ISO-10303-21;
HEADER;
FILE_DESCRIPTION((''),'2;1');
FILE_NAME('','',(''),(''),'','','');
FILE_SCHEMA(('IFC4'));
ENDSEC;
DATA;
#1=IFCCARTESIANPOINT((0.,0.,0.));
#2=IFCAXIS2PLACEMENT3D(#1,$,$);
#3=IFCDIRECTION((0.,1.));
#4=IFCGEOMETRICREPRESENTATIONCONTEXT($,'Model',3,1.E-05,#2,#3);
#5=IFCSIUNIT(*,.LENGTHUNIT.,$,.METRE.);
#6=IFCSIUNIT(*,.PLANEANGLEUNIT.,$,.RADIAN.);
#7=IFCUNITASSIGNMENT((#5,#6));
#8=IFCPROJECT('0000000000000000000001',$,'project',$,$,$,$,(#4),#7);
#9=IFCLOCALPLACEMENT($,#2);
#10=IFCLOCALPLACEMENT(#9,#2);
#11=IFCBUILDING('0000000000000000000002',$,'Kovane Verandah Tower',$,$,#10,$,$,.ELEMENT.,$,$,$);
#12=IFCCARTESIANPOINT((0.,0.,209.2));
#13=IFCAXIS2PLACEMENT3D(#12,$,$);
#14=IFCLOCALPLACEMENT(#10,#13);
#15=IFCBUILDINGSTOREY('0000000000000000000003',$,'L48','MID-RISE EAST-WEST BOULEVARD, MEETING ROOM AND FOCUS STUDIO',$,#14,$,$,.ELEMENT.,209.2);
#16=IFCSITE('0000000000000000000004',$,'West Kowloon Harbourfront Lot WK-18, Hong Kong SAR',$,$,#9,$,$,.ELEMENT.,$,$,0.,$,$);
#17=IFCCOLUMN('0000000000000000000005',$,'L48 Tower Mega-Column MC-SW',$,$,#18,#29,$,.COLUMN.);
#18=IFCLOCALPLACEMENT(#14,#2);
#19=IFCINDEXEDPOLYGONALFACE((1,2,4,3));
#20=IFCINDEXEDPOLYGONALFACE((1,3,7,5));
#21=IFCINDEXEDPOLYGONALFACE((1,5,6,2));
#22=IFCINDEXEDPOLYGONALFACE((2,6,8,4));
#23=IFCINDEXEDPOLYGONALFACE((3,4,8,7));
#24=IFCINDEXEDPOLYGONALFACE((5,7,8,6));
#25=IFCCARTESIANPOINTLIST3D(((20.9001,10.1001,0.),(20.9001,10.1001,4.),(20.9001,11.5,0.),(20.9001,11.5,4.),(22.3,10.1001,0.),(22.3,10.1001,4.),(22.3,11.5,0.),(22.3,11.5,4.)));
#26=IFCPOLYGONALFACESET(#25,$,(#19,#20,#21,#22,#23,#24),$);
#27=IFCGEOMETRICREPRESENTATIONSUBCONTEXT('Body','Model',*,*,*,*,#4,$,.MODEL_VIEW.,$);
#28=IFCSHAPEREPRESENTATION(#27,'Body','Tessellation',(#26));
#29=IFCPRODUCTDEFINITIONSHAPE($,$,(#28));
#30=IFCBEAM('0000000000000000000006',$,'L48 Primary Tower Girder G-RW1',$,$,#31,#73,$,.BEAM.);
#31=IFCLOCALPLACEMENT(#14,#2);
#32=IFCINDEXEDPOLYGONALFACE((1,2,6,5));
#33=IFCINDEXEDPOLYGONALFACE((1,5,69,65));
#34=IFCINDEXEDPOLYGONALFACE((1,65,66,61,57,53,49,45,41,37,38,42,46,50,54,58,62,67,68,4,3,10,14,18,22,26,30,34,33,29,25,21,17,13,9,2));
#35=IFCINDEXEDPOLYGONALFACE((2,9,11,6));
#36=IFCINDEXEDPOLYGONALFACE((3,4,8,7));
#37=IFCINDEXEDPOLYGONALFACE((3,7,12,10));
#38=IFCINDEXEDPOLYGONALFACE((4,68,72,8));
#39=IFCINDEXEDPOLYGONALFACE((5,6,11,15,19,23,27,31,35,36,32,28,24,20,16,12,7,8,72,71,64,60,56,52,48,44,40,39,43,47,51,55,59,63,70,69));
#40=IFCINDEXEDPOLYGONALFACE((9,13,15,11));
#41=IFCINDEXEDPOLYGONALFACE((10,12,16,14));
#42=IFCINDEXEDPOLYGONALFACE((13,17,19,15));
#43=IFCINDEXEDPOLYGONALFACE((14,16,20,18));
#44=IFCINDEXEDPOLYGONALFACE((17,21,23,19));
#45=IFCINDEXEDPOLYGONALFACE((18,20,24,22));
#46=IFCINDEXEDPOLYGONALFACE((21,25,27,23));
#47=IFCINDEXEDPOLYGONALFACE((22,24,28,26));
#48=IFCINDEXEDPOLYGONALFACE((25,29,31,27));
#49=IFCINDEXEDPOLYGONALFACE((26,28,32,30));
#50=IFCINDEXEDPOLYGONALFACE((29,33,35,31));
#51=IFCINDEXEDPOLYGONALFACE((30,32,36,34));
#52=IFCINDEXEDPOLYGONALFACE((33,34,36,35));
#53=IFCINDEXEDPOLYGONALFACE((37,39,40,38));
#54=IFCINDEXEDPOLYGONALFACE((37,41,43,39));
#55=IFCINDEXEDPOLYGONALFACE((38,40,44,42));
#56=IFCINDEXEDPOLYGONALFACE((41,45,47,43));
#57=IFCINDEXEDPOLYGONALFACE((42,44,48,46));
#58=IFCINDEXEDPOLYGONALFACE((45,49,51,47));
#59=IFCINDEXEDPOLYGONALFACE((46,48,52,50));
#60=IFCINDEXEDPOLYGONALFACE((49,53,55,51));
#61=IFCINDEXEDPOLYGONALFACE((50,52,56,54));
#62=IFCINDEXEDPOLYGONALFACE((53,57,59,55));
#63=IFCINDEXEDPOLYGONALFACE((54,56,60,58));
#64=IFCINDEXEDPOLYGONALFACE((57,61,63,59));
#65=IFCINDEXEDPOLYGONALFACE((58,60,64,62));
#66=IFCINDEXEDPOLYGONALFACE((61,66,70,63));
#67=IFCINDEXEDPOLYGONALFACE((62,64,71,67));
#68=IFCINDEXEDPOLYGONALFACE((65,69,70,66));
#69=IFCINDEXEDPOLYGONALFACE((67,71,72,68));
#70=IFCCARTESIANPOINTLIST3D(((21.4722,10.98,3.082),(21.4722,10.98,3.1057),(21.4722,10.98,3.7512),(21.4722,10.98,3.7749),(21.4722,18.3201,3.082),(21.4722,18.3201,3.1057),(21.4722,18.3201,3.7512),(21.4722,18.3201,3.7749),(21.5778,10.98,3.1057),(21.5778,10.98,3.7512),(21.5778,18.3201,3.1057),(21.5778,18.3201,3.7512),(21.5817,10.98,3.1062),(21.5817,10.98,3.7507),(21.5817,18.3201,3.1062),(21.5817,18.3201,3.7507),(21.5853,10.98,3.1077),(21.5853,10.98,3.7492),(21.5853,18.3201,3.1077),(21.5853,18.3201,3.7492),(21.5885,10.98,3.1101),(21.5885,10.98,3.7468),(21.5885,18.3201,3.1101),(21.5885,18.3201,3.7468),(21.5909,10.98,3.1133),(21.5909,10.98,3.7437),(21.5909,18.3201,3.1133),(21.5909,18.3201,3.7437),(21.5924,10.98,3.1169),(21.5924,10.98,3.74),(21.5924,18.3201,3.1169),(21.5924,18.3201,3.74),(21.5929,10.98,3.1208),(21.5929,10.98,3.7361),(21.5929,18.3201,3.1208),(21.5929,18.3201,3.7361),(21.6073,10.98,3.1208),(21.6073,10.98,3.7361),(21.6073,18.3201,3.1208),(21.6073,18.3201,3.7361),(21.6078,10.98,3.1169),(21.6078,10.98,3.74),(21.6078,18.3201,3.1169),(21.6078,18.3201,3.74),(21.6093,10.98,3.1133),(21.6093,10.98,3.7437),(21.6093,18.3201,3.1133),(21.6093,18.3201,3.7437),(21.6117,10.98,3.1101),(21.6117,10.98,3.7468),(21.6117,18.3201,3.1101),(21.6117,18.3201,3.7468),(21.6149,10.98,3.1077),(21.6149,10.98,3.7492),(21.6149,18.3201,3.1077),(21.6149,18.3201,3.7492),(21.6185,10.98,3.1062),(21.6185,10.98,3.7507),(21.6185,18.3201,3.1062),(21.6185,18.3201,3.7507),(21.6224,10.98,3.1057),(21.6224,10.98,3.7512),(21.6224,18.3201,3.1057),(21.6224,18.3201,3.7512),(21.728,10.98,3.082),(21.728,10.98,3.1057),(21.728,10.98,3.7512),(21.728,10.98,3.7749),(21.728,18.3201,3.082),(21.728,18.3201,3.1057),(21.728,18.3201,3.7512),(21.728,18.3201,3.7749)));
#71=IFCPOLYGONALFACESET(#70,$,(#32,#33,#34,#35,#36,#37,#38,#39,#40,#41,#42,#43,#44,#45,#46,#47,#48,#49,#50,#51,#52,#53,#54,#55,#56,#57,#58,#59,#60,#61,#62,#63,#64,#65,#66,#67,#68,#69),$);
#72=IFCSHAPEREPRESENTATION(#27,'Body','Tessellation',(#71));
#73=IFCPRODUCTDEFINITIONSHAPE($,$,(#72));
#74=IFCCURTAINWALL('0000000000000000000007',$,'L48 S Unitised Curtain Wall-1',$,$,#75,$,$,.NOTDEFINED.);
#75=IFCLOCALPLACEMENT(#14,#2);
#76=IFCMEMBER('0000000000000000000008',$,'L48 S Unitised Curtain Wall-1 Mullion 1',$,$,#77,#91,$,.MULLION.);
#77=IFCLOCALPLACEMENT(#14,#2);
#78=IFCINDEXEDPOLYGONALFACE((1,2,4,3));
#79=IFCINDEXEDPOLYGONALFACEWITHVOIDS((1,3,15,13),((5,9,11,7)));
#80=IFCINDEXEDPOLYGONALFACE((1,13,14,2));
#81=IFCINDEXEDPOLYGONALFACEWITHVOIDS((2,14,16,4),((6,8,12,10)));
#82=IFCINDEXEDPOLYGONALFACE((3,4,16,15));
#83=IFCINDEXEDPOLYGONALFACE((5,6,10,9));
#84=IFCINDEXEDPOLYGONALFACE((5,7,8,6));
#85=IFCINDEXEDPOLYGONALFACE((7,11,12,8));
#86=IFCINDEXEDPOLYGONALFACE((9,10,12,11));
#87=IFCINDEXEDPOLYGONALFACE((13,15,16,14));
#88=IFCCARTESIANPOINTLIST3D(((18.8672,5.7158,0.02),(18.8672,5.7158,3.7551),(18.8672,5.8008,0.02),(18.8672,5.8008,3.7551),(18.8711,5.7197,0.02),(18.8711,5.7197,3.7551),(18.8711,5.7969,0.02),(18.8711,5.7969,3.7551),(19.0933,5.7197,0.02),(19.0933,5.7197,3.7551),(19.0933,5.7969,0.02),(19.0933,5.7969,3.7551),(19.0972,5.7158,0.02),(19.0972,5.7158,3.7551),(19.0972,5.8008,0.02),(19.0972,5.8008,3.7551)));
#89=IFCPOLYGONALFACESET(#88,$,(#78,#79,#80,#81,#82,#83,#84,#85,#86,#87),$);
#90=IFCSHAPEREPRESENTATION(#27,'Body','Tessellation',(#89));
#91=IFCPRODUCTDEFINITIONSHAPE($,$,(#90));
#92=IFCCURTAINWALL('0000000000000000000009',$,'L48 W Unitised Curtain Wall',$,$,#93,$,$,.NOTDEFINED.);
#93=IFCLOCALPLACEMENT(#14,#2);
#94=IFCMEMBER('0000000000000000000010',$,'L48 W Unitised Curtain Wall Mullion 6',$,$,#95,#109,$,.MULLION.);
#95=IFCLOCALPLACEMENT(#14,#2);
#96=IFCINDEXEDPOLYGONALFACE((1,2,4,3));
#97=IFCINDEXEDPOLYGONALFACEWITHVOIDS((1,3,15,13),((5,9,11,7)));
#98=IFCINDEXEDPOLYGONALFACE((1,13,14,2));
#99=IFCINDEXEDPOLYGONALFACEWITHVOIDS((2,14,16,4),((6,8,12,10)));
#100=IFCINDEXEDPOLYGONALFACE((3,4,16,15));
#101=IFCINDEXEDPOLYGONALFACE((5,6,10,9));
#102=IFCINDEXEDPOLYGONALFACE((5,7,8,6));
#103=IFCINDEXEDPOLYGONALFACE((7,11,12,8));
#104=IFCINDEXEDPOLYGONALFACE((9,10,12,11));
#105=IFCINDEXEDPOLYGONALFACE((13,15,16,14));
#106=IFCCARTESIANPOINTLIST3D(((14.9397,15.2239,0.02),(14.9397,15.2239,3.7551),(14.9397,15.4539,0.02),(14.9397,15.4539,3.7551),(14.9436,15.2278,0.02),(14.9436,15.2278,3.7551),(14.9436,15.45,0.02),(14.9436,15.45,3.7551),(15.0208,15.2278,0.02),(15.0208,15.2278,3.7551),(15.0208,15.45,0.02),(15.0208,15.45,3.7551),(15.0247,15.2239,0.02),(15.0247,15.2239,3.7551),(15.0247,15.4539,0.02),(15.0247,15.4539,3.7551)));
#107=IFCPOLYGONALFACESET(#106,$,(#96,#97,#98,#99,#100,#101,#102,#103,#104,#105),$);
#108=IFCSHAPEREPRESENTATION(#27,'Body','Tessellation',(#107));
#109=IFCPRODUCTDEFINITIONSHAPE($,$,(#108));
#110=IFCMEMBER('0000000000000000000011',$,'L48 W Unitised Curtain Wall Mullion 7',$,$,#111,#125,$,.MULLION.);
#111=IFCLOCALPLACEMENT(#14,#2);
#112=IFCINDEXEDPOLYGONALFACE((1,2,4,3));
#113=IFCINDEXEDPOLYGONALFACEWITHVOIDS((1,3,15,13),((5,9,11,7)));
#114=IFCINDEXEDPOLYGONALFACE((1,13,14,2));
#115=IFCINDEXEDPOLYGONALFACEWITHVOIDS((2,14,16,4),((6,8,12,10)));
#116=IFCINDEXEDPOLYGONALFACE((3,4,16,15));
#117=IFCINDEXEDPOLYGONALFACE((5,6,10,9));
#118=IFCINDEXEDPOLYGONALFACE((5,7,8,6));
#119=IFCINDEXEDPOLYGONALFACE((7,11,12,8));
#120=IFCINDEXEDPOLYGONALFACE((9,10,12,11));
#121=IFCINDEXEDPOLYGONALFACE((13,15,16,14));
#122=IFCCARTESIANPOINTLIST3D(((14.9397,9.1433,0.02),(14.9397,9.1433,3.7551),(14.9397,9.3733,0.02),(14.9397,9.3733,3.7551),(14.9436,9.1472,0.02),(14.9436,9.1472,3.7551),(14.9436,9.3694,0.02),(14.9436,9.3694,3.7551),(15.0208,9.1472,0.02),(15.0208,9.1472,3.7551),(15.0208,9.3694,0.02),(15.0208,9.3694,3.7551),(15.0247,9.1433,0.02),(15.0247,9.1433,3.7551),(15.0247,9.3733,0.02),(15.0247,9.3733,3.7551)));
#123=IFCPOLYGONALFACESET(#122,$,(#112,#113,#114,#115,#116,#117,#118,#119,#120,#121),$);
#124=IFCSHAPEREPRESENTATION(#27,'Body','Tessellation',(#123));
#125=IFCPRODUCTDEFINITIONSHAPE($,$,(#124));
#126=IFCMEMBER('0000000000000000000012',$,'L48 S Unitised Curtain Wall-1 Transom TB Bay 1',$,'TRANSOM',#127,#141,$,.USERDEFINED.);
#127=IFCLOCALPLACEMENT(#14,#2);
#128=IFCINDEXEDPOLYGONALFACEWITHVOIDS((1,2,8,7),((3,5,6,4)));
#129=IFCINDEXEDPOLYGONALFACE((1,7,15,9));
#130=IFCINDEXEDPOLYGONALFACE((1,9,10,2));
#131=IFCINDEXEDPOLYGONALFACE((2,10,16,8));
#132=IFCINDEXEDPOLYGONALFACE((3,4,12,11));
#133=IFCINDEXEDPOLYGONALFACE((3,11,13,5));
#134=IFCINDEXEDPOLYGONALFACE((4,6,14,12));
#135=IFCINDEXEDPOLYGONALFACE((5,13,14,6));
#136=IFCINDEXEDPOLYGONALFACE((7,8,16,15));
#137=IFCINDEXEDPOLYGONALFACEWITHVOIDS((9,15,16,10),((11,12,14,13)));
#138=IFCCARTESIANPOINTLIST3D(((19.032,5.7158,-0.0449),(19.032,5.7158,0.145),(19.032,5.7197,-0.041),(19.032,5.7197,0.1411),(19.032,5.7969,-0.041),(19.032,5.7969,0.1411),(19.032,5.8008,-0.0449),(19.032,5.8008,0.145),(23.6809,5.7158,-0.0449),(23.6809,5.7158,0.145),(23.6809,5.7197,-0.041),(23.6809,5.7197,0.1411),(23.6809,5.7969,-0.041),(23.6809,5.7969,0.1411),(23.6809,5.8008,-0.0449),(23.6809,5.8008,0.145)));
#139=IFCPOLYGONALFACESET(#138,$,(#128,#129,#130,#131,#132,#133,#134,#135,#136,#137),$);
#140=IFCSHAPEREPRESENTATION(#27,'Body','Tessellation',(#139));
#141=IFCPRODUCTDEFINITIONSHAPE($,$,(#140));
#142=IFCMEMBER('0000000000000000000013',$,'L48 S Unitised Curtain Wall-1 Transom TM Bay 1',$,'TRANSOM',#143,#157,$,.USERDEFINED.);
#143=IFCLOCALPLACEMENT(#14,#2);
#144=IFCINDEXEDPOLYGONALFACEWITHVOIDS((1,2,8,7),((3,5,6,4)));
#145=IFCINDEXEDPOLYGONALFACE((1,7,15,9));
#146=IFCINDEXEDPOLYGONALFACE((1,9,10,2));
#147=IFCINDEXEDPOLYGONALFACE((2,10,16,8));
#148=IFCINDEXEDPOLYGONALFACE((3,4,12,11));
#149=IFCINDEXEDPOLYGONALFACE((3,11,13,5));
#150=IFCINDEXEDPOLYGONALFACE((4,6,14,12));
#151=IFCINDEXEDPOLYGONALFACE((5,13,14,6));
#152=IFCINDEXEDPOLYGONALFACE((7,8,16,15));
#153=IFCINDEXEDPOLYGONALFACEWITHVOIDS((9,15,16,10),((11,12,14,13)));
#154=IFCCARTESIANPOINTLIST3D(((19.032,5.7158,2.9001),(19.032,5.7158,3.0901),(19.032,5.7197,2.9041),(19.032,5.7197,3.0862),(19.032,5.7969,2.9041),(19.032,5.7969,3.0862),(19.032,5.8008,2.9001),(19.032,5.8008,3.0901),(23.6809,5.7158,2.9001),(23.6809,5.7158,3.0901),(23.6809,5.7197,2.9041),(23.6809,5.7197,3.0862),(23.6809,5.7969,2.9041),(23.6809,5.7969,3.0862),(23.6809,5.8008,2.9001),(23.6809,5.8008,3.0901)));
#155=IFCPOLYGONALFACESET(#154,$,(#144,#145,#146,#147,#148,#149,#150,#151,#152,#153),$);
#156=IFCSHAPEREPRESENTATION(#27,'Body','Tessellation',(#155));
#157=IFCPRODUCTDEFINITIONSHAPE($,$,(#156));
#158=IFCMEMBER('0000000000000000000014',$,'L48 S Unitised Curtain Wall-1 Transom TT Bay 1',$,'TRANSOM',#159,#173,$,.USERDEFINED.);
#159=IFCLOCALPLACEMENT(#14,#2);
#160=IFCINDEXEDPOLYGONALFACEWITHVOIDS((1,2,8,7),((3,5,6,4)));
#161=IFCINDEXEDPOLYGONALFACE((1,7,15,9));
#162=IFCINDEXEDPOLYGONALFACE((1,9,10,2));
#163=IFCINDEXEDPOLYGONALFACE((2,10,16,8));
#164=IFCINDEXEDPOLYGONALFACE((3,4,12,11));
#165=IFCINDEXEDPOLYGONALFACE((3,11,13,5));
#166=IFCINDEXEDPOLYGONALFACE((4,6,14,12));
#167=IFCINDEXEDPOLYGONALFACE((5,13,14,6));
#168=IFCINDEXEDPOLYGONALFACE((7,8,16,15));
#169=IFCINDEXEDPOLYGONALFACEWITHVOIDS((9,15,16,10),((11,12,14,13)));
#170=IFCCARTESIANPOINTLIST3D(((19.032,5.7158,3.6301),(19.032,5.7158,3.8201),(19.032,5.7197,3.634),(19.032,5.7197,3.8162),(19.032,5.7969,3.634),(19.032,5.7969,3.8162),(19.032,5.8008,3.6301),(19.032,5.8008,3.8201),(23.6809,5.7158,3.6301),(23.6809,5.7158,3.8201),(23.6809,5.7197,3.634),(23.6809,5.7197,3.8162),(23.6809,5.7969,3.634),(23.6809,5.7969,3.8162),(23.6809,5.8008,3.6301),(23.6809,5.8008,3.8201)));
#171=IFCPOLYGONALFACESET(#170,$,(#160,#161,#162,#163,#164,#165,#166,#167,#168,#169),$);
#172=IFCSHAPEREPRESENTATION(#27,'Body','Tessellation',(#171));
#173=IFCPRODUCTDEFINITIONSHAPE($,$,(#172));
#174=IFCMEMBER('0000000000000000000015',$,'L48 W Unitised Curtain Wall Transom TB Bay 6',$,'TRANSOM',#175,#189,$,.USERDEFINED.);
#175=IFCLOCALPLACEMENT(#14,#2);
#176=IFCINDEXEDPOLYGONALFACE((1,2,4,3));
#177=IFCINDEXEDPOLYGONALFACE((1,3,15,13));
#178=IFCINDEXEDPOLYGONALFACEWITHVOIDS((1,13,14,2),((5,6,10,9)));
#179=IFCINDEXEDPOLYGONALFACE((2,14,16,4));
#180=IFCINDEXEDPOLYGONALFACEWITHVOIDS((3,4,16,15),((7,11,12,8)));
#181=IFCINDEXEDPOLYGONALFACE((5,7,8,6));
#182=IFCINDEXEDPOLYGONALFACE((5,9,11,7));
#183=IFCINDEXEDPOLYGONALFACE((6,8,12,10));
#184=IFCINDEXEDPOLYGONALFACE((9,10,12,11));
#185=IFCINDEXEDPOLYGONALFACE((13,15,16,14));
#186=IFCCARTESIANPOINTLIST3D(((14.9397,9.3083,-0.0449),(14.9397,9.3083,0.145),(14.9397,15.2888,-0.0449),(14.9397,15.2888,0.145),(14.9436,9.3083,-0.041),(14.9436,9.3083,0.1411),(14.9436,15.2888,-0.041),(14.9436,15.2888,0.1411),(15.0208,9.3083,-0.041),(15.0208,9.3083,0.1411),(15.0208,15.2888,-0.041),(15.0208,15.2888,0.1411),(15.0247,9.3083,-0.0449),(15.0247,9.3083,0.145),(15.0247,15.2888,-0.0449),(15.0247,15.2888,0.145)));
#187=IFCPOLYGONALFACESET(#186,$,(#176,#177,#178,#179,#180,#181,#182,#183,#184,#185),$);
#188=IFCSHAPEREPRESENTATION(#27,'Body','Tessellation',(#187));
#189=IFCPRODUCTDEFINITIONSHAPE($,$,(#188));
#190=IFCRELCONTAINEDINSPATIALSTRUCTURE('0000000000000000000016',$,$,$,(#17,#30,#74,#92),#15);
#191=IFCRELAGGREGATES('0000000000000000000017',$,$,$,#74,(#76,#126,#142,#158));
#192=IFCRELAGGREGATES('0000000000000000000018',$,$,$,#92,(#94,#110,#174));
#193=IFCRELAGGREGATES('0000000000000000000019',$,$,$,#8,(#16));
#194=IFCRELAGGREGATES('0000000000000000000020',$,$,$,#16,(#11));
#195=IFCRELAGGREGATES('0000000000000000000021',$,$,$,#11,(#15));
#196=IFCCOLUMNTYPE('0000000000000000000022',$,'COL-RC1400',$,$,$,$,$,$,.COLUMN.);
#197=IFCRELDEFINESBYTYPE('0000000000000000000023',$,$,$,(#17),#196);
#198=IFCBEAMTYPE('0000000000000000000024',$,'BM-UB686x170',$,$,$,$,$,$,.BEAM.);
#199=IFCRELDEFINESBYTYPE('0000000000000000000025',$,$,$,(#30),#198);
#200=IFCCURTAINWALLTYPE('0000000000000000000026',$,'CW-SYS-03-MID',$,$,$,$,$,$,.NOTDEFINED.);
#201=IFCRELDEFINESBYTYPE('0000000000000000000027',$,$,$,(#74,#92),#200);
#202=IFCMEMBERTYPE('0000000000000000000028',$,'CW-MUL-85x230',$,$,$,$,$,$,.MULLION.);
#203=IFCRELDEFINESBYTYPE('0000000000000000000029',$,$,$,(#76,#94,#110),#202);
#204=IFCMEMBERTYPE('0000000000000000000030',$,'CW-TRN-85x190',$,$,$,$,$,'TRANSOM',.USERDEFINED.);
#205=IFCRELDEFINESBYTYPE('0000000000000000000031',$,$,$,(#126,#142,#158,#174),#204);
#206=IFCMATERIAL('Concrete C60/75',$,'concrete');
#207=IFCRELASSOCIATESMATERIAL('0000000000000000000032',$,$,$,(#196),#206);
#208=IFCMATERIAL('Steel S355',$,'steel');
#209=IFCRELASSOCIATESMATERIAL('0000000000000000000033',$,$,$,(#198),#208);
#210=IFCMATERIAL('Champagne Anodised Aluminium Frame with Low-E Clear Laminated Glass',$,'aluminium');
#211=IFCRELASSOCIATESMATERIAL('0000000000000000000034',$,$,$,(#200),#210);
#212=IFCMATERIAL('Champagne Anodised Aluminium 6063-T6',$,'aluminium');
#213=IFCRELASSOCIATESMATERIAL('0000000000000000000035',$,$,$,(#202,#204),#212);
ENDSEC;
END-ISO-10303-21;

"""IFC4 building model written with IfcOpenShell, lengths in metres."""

from ifc_helpers import new_model, si_unit, direction, frame, origin, origin_2d, place, context, subcontext, project, spatial, rectangle, hollow_rectangle, i_section, extrude, material, material_profile, profile_set, type_object, element, aggregate, save


model = new_model("IFC4")

# Units and contexts
model_context = context("Model", 3, precision=1e-05, world=origin(), true_north=direction((0.0, 1.0)))
body_context = subcontext(model_context, "Body", "Model", "MODEL_VIEW")
ifc_project = project(units=[si_unit("LENGTHUNIT", "METRE"), si_unit("PLANEANGLEUNIT", "RADIAN")], contexts=[model_context])

# Site, building, storey
site_placement = place(None, origin())
site = spatial("IfcSite", under=ifc_project, at=site_placement, Name="West Kowloon Harbourfront Lot WK-18, Hong Kong SAR", CompositionType="ELEMENT", RefElevation=0.0)
building_placement = place(site_placement, origin())
building = spatial("IfcBuilding", under=site, at=building_placement, Name="Kovane Verandah Tower", CompositionType="ELEMENT")
storey_placement = place(building_placement, frame((0.0, 0.0, 209.2)))
storey = spatial("IfcBuildingStorey", under=building, at=storey_placement, Name="L48", Description="MID-RISE EAST-WEST BOULEVARD, MEETING ROOM AND FOCUS STUDIO", CompositionType="ELEMENT", Elevation=209.2)

# Column
ifc_material_1 = material(Name="Concrete C60/75", Category="concrete")
ifc_material_profile_1 = material_profile(ifc_material_1, rectangle(XDim=1.3999, YDim=1.3999, at=origin_2d()), Name="RC1400x1400")
ifc_profile_set_1 = profile_set([ifc_material_profile_1], Name="Concrete C60/75")
column_type = type_object("IfcColumnType", Name="COL-RC1400", PredefinedType="COLUMN", material=ifc_profile_set_1)
column_placement = place(storey_placement, frame((21.6001, 10.8, 0.0), z_axis=(0.0, 0.0, 1.0), x_axis=(1.0, 0.0, 0.0)))
element("IfcColumn", 1, at=column_placement, inside=storey, type_object=column_type, Name="L48 Tower Mega-Column MC-SW", PredefinedType="COLUMN", context=body_context, shape_type="SweptSolid", body=[
    extrude(rectangle(XDim=1.3999, YDim=1.3999, at=origin_2d()), origin(), (0.0, 0.0, 1.0), 4.0),
])

# Beam
ifc_material_2 = material(Name="Steel S355", Category="steel")
ifc_material_profile_2 = material_profile(ifc_material_2, i_section(OverallWidth=0.2559, OverallDepth=0.6929, WebThickness=0.0144, FlangeThickness=0.0237, FilletRadius=0.0151, at=origin_2d()), Name="UB686x254x170")
ifc_profile_set_2 = profile_set([ifc_material_profile_2], Name="Steel S355")
beam_type = type_object("IfcBeamType", Name="BM-UB686x170", PredefinedType="BEAM", material=ifc_profile_set_2)
beam_placement = place(storey_placement, frame((21.6001, 10.98, 3.4285), z_axis=(0.0, 1.0, 0.0), x_axis=(-1.0, 0.0, 0.0)))
element("IfcBeam", 2, at=beam_placement, inside=storey, type_object=beam_type, Name="L48 Primary Tower Girder G-RW1", PredefinedType="BEAM", context=body_context, shape_type="SweptSolid", body=[
    extrude(i_section(OverallWidth=0.2559, OverallDepth=0.6929, WebThickness=0.0144, FlangeThickness=0.0237, FilletRadius=0.0151, at=origin_2d()), origin(), (0.0, 0.0, 1.0), 7.3401),
])

# Curtain wall, member
ifc_material_3 = material(Name="Champagne Anodised Aluminium Frame with Low-E Clear Laminated Glass", Category="aluminium")
curtain_wall_type = type_object("IfcCurtainWallType", Name="CW-SYS-03-MID", PredefinedType="NOTDEFINED", material=ifc_material_3)
curtain_wall_1_placement = place(storey_placement, origin())
curtain_wall_1 = element("IfcCurtainWall", 3, at=curtain_wall_1_placement, inside=storey, type_object=curtain_wall_type, Name="L48 S Unitised Curtain Wall-1", PredefinedType="NOTDEFINED")
ifc_material_4 = material(Name="Champagne Anodised Aluminium 6063-T6", Category="aluminium")
ifc_material_profile_3 = material_profile(ifc_material_4, hollow_rectangle(XDim=0.085, YDim=0.23, WallThickness=0.0039, at=origin_2d()), Name="AL85x230x4")
ifc_profile_set_3 = profile_set([ifc_material_profile_3], Name="Champagne Anodised Aluminium 6063-T6")
member_type_1 = type_object("IfcMemberType", Name="CW-MUL-85x230", PredefinedType="MULLION", material=ifc_profile_set_3)
member_1_placement = place(storey_placement, frame((18.9822, 5.7583, 0.02), z_axis=(0.0, 0.0, 1.0), x_axis=(0.0, -1.0, 0.0)))
member_1 = element("IfcMember", 4, at=member_1_placement, type_object=member_type_1, Name="L48 S Unitised Curtain Wall-1 Mullion 1", PredefinedType="MULLION", context=body_context, shape_type="SweptSolid", body=[
    extrude(hollow_rectangle(XDim=0.085, YDim=0.23, WallThickness=0.0039, at=origin_2d()), origin(), (0.0, 0.0, 1.0), 3.7351),
])

# Curtain wall, members
curtain_wall_2_placement = place(storey_placement, origin())
curtain_wall_2 = element("IfcCurtainWall", 5, at=curtain_wall_2_placement, inside=storey, type_object=curtain_wall_type, Name="L48 W Unitised Curtain Wall", PredefinedType="NOTDEFINED")
member_2_placement = place(storey_placement, frame((14.9822, 15.3389, 0.02), z_axis=(0.0, 0.0, 1.0), x_axis=(-1.0, 0.0, 0.0)))
member_2 = element("IfcMember", 6, at=member_2_placement, type_object=member_type_1, Name="L48 W Unitised Curtain Wall Mullion 6", PredefinedType="MULLION", context=body_context, shape_type="SweptSolid", body=[
    extrude(hollow_rectangle(XDim=0.085, YDim=0.23, WallThickness=0.0039, at=origin_2d()), origin(), (0.0, 0.0, 1.0), 3.7351),
])
member_3_placement = place(storey_placement, frame((14.9822, 9.2583, 0.02), z_axis=(0.0, 0.0, 1.0), x_axis=(-1.0, 0.0, 0.0)))
member_3 = element("IfcMember", 7, at=member_3_placement, type_object=member_type_1, Name="L48 W Unitised Curtain Wall Mullion 7", PredefinedType="MULLION", context=body_context, shape_type="SweptSolid", body=[
    extrude(hollow_rectangle(XDim=0.085, YDim=0.23, WallThickness=0.0039, at=origin_2d()), origin(), (0.0, 0.0, 1.0), 3.7351),
])

# Members
ifc_material_profile_4 = material_profile(ifc_material_4, hollow_rectangle(XDim=0.085, YDim=0.1899, WallThickness=0.0039, at=origin_2d()), Name="AL85x190x4")
ifc_profile_set_4 = profile_set([ifc_material_profile_4], Name="Champagne Anodised Aluminium 6063-T6")
member_type_2 = type_object("IfcMemberType", Name="CW-TRN-85x190", ElementType="TRANSOM", PredefinedType="USERDEFINED", material=ifc_profile_set_4)
member_4_placement = place(storey_placement, frame((19.032, 5.7583, 0.05), z_axis=(1.0, 0.0, 0.0), x_axis=(0.0, 1.0, 0.0)))
member_4 = element("IfcMember", 8, at=member_4_placement, type_object=member_type_2, Name="L48 S Unitised Curtain Wall-1 Transom TB Bay 1", ObjectType="TRANSOM", PredefinedType="USERDEFINED", context=body_context, shape_type="SweptSolid", body=[
    extrude(hollow_rectangle(XDim=0.085, YDim=0.1899, WallThickness=0.0039, at=origin_2d()), origin(), (0.0, 0.0, 1.0), 4.6489),
])
member_5_placement = place(storey_placement, frame((19.032, 5.7583, 2.9951), z_axis=(1.0, 0.0, 0.0), x_axis=(0.0, 1.0, 0.0)))
member_5 = element("IfcMember", 9, at=member_5_placement, type_object=member_type_2, Name="L48 S Unitised Curtain Wall-1 Transom TM Bay 1", ObjectType="TRANSOM", PredefinedType="USERDEFINED", context=body_context, shape_type="SweptSolid", body=[
    extrude(hollow_rectangle(XDim=0.085, YDim=0.1899, WallThickness=0.0039, at=origin_2d()), origin(), (0.0, 0.0, 1.0), 4.6489),
])
member_6_placement = place(storey_placement, frame((19.032, 5.7583, 3.7251), z_axis=(1.0, 0.0, 0.0), x_axis=(0.0, 1.0, 0.0)))
member_6 = element("IfcMember", 10, at=member_6_placement, type_object=member_type_2, Name="L48 S Unitised Curtain Wall-1 Transom TT Bay 1", ObjectType="TRANSOM", PredefinedType="USERDEFINED", context=body_context, shape_type="SweptSolid", body=[
    extrude(hollow_rectangle(XDim=0.085, YDim=0.1899, WallThickness=0.0039, at=origin_2d()), origin(), (0.0, 0.0, 1.0), 4.6489),
])
member_7_placement = place(storey_placement, frame((14.9822, 15.2888, 0.05), z_axis=(0.0, -1.0, 0.0), x_axis=(1.0, 0.0, 0.0)))
member_7 = element("IfcMember", 11, at=member_7_placement, type_object=member_type_2, Name="L48 W Unitised Curtain Wall Transom TB Bay 6", ObjectType="TRANSOM", PredefinedType="USERDEFINED", context=body_context, shape_type="SweptSolid", body=[
    extrude(hollow_rectangle(XDim=0.085, YDim=0.1899, WallThickness=0.0039, at=origin_2d()), origin(), (0.0, 0.0, 1.0), 5.9805),
])

aggregate(curtain_wall_1, [member_1, member_4, member_5, member_6])
aggregate(curtain_wall_2, [member_2, member_3, member_7])

save(model, "model.ifc")
